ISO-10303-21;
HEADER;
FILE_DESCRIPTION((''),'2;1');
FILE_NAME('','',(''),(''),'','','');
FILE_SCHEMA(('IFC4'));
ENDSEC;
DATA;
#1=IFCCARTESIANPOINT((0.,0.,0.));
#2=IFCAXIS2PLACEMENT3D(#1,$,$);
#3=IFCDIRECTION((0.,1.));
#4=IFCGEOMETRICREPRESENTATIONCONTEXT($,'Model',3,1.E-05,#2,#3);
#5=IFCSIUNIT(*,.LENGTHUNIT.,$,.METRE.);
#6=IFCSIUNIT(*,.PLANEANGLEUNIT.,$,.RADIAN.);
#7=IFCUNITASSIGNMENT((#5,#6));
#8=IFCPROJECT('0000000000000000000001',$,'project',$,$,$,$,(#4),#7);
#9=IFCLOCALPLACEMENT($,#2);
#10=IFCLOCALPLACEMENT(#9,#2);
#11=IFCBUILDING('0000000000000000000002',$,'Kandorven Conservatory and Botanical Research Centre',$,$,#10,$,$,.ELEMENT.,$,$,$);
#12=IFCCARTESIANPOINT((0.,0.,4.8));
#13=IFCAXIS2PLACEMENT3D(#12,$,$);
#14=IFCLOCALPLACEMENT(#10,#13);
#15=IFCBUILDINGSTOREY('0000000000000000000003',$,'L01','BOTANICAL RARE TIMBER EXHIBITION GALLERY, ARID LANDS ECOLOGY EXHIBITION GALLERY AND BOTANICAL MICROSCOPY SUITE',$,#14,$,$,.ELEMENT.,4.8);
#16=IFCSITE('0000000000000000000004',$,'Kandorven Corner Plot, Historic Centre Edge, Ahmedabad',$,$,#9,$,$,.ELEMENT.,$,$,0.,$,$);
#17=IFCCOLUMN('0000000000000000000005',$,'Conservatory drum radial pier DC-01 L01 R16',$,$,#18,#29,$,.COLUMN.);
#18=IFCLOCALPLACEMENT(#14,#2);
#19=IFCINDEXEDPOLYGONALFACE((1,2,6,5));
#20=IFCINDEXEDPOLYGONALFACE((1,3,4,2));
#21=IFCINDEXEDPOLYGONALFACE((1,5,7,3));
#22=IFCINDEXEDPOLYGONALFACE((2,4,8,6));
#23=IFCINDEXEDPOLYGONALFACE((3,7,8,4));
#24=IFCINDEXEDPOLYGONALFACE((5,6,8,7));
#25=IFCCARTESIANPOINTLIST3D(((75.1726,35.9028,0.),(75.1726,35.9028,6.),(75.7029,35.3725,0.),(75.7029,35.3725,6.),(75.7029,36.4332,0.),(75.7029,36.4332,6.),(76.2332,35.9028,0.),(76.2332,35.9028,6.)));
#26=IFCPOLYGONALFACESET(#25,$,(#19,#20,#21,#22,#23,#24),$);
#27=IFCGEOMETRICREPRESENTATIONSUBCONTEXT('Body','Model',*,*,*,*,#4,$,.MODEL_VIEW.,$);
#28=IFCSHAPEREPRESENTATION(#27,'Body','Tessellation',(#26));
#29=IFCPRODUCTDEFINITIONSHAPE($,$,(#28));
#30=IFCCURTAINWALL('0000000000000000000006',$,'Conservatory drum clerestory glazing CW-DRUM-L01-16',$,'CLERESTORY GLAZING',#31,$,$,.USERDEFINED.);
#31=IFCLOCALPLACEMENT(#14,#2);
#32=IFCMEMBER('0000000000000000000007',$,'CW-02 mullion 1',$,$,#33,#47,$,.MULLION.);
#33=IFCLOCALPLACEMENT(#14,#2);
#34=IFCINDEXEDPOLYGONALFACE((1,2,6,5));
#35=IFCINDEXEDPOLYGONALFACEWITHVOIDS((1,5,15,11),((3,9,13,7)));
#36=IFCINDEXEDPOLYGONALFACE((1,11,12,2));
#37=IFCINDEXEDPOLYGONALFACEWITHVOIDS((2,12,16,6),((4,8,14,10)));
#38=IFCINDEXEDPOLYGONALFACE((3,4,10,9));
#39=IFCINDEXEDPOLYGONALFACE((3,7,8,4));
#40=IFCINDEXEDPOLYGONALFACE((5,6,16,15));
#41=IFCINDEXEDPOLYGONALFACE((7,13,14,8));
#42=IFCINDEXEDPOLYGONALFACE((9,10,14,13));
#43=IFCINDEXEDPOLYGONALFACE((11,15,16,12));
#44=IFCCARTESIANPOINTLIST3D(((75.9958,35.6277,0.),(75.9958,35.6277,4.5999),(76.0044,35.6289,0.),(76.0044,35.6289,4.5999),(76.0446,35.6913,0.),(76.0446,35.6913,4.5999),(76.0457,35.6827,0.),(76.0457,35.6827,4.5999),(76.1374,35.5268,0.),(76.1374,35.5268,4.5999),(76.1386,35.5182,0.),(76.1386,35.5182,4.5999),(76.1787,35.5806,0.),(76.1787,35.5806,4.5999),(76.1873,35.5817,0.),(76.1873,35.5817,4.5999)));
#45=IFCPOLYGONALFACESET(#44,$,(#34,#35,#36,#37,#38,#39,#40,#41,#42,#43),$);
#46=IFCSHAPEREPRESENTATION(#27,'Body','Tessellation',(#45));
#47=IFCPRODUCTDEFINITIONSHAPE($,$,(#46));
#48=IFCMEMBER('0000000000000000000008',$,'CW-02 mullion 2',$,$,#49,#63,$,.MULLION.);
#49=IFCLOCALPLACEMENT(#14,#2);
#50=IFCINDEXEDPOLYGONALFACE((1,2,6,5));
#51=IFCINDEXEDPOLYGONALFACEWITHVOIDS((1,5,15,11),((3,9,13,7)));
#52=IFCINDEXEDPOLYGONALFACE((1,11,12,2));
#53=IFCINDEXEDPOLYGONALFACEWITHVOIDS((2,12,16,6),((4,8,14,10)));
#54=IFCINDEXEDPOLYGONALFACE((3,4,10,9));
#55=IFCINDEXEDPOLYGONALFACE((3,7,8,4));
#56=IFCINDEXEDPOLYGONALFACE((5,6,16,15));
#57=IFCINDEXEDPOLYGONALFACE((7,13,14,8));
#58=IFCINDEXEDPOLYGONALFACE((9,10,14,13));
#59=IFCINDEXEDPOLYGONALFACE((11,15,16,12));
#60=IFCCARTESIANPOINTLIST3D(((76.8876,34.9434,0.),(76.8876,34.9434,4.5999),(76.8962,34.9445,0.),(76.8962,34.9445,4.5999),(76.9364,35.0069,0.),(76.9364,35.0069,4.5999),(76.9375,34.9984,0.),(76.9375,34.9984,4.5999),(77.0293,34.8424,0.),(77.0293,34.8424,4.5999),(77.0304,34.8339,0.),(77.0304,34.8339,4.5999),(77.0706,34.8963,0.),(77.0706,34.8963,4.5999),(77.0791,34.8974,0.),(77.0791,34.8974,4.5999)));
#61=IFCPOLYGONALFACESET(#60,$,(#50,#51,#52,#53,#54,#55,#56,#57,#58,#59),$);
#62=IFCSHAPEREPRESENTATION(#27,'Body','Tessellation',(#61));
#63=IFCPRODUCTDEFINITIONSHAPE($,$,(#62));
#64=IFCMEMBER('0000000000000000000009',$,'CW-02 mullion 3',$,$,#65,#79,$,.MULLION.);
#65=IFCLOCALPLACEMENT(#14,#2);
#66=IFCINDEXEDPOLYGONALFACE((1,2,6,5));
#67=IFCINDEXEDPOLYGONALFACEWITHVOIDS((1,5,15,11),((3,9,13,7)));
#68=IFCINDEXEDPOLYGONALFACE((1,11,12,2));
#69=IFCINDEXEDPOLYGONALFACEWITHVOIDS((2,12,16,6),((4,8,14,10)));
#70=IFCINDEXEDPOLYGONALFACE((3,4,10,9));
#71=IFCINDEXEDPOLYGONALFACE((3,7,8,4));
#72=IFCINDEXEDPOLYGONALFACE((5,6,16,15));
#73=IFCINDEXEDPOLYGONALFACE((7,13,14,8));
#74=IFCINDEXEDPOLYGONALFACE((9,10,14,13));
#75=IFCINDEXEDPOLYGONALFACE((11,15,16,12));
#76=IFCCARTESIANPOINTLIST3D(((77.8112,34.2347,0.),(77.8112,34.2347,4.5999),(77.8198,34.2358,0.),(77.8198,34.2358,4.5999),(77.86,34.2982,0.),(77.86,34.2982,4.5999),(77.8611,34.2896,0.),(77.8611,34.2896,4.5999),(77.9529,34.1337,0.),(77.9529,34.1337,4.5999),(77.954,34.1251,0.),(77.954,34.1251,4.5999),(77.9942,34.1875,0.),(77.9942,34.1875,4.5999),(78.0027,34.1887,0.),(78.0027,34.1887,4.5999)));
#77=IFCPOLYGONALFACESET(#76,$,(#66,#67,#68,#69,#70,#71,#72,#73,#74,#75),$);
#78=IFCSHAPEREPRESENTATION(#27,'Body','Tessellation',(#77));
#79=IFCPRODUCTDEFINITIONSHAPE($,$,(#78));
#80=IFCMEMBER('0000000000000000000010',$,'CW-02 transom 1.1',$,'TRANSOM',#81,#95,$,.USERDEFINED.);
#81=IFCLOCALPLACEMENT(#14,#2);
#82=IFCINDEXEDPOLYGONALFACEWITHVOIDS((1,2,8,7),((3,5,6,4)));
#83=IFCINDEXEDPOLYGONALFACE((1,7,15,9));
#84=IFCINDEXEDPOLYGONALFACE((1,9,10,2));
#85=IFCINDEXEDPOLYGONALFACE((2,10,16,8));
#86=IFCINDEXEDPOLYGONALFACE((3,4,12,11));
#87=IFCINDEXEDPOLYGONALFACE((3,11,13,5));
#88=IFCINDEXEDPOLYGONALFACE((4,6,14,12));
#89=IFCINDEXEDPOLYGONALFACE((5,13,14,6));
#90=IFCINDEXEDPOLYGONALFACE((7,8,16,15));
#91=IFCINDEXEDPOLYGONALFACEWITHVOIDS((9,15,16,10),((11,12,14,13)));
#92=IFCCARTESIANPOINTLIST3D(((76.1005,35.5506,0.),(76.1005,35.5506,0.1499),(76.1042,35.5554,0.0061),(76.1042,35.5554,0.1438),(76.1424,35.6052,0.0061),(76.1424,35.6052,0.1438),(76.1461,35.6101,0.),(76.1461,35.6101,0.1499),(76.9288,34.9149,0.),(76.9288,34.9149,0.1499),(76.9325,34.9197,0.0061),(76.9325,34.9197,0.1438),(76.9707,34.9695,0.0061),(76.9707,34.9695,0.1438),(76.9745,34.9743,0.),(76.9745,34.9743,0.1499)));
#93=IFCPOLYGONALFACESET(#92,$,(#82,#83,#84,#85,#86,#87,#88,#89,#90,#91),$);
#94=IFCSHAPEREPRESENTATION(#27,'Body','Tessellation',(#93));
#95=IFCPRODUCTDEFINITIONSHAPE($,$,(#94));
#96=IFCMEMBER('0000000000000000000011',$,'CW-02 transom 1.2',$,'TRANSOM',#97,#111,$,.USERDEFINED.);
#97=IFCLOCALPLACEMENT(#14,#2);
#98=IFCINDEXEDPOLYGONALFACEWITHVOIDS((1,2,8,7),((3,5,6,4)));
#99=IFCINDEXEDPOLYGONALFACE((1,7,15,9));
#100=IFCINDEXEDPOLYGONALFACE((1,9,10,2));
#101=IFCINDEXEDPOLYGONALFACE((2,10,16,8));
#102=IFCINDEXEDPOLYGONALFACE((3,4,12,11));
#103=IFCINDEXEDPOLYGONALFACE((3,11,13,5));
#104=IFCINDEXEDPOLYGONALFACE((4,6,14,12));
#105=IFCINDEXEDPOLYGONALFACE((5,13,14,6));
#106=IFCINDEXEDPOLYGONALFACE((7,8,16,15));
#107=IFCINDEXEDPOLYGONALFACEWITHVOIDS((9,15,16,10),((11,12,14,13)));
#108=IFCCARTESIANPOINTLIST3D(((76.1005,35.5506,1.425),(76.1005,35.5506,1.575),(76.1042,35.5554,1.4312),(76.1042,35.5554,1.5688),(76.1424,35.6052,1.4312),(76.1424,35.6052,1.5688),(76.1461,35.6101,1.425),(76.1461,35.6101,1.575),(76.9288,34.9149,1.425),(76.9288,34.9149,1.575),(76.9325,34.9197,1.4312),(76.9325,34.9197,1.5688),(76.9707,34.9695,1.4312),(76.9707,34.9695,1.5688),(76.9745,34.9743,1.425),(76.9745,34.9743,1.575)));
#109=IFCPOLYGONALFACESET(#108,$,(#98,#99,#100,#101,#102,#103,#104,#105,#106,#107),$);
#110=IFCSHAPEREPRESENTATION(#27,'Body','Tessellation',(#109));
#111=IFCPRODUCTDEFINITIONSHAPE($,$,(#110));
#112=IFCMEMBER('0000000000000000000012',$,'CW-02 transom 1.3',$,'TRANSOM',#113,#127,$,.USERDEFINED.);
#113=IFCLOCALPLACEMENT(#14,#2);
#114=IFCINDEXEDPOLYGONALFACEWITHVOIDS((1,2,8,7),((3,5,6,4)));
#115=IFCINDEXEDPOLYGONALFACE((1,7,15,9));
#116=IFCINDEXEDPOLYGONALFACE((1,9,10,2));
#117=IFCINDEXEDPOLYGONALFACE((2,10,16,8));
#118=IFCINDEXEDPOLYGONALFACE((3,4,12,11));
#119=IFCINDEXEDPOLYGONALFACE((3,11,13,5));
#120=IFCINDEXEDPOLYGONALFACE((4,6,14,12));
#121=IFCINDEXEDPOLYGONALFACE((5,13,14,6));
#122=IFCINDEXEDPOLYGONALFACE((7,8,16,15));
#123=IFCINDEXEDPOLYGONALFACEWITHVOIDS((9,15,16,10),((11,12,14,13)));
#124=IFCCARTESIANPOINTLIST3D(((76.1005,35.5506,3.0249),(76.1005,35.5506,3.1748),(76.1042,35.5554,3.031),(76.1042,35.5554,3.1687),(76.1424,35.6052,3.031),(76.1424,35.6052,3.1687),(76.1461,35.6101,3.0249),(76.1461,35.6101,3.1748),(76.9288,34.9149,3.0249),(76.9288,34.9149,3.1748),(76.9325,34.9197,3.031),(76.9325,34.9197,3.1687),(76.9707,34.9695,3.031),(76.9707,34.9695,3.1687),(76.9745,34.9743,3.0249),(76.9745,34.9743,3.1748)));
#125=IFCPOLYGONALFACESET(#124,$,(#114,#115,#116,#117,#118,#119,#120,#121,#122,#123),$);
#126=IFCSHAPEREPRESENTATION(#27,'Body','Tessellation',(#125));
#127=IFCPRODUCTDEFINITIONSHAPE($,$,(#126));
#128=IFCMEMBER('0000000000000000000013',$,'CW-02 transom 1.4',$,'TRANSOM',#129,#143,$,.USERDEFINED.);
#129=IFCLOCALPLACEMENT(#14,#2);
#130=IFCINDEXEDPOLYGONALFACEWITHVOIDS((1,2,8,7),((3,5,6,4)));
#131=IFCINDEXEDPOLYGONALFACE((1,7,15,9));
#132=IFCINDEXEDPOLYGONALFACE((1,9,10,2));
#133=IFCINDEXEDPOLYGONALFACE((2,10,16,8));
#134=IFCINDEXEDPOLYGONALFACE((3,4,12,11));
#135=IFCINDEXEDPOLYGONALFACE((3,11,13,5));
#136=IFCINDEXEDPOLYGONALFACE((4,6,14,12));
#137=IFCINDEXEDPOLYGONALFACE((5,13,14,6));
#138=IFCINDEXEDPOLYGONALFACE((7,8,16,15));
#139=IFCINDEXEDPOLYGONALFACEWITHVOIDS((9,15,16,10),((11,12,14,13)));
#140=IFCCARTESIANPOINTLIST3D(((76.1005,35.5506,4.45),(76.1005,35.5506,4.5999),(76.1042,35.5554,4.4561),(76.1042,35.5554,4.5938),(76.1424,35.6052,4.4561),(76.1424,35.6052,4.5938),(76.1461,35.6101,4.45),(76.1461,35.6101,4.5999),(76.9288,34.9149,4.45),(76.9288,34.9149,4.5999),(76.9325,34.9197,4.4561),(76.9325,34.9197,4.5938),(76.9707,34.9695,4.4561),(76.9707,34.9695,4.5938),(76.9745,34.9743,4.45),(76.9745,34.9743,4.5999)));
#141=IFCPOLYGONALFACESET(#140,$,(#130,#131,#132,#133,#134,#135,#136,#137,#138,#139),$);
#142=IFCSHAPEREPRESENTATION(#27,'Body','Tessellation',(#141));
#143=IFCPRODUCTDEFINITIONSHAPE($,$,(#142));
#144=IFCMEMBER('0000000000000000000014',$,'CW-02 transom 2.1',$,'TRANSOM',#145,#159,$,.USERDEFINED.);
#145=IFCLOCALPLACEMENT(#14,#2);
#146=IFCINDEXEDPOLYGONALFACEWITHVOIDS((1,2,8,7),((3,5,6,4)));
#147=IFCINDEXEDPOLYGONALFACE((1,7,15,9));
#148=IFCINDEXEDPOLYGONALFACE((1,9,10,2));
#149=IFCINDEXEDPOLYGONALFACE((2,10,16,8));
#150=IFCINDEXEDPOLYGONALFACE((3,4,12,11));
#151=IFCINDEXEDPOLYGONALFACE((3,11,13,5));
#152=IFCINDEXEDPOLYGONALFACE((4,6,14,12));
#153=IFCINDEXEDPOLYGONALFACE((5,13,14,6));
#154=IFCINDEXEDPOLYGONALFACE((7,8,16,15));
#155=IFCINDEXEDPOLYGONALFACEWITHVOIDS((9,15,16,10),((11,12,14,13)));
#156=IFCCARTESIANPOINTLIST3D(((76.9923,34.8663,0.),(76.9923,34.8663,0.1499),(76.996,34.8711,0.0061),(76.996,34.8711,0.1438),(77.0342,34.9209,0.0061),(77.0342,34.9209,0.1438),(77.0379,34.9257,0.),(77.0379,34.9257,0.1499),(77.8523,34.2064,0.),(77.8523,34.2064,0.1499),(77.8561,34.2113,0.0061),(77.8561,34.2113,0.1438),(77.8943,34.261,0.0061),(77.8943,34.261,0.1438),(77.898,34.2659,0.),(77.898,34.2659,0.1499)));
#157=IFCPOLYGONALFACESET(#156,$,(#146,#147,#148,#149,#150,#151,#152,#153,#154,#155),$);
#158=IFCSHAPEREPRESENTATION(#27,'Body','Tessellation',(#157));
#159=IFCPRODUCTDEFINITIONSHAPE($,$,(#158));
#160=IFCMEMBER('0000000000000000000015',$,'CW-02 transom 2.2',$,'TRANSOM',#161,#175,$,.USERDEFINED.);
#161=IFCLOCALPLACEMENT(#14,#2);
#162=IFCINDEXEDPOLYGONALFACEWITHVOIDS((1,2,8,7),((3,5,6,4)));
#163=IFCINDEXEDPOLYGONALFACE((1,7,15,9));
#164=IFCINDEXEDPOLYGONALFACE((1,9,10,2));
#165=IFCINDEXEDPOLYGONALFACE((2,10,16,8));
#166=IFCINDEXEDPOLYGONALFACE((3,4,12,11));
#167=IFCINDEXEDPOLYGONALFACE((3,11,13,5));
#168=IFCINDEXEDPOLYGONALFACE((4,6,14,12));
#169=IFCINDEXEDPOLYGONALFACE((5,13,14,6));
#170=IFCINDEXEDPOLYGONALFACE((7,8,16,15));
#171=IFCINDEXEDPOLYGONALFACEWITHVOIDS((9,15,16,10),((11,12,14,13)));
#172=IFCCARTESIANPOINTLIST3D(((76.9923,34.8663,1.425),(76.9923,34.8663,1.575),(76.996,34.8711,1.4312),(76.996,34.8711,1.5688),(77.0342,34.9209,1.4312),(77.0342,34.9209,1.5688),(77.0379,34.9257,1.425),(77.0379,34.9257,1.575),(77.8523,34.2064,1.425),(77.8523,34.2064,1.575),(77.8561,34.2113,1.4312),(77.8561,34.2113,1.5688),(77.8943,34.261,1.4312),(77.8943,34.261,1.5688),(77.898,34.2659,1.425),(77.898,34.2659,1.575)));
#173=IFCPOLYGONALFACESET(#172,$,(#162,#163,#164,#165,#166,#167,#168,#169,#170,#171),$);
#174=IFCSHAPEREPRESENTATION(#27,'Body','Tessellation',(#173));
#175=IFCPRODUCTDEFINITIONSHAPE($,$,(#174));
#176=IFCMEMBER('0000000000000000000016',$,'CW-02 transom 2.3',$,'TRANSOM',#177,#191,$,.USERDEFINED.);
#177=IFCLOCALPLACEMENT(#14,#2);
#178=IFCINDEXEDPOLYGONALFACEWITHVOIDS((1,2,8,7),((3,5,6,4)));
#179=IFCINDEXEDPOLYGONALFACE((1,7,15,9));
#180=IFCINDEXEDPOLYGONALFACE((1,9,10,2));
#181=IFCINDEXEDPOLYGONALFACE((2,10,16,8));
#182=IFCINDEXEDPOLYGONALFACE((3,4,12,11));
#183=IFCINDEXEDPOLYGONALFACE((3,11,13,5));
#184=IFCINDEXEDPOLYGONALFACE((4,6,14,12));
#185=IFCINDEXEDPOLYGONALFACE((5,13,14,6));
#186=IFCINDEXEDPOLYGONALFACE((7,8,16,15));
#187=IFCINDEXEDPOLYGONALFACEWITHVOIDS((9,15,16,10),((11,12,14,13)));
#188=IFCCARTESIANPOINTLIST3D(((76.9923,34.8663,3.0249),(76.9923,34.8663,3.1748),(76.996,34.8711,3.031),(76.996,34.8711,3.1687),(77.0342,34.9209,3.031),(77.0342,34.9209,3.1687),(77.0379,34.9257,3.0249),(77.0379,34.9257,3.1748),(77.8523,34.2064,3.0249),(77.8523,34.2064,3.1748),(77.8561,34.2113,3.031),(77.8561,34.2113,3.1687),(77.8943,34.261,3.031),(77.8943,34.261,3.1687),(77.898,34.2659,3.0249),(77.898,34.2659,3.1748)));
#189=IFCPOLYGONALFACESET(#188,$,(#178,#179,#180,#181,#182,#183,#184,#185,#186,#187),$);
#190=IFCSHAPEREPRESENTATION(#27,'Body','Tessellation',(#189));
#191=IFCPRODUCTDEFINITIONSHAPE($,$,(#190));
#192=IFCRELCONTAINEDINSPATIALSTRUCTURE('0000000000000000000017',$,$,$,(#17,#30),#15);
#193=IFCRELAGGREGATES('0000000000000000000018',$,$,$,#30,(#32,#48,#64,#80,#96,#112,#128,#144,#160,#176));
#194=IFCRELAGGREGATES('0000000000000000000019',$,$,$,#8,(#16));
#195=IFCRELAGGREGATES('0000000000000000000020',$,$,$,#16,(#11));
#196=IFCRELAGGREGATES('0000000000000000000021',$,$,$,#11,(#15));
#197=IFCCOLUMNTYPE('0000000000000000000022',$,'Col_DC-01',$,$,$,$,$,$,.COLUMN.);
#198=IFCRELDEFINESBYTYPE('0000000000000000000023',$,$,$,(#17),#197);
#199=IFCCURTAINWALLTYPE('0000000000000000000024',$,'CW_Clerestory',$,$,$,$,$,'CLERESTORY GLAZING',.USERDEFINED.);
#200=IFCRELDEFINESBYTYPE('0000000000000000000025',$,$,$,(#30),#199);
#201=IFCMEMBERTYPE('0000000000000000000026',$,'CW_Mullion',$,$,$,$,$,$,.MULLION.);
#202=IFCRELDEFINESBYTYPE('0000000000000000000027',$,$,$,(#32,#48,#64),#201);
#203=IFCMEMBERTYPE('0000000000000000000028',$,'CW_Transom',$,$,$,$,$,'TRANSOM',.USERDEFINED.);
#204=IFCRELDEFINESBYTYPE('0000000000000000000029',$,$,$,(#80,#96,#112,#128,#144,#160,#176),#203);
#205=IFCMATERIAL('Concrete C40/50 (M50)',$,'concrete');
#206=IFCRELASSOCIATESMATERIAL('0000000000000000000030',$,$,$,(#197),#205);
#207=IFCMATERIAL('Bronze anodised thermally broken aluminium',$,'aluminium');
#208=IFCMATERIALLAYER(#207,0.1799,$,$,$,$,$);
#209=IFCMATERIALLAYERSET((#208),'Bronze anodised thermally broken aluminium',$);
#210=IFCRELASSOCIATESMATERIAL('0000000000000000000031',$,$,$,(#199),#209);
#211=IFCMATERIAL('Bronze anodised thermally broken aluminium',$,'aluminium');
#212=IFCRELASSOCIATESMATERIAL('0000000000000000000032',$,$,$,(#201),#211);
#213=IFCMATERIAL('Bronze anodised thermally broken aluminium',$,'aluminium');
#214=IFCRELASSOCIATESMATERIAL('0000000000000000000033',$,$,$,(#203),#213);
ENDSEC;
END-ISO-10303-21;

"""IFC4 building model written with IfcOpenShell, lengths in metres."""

from ifc_helpers import new_model, si_unit, direction, frame, origin, origin_2d, place, context, subcontext, project, spatial, rectangle, hollow_rectangle, extrude, material, layer, layer_set, material_profile, profile_set, type_object, element, aggregate, save


model = new_model("IFC4")

# Units and contexts
model_context = context("Model", 3, precision=1e-05, world=origin(), true_north=direction((0.0, 1.0)))
body_context = subcontext(model_context, "Body", "Model", "MODEL_VIEW")
ifc_project = project(units=[si_unit("LENGTHUNIT", "METRE"), si_unit("PLANEANGLEUNIT", "RADIAN")], contexts=[model_context])

# Site, building, storey
site_placement = place(None, origin())
site = spatial("IfcSite", under=ifc_project, at=site_placement, Name="Kandorven Corner Plot, Historic Centre Edge, Ahmedabad", CompositionType="ELEMENT", RefElevation=0.0)
building_placement = place(site_placement, origin())
building = spatial("IfcBuilding", under=site, at=building_placement, Name="Kandorven Conservatory and Botanical Research Centre", CompositionType="ELEMENT")
storey_placement = place(building_placement, frame((0.0, 0.0, 4.8)))
storey = spatial("IfcBuildingStorey", under=building, at=storey_placement, Name="L01", Description="BOTANICAL RARE TIMBER EXHIBITION GALLERY, ARID LANDS ECOLOGY EXHIBITION GALLERY AND BOTANICAL MICROSCOPY SUITE", CompositionType="ELEMENT", Elevation=4.8)

# Column
ifc_material_1 = material(Name="Concrete C40/50 (M50)", Category="concrete")
ifc_material_profile_1 = material_profile(ifc_material_1, rectangle(XDim=0.75, YDim=0.75, at=origin_2d()))
ifc_profile_set_1 = profile_set([ifc_material_profile_1], Name="Concrete C40/50 (M50)")
column_type = type_object("IfcColumnType", Name="Col_DC-01", PredefinedType="COLUMN", material=ifc_profile_set_1)
column_placement = place(storey_placement, frame((75.7029, 35.9028, 0.0), z_axis=(0.0, 0.0, 1.0), x_axis=(-0.707107, -0.707107, 0.0)))
element("IfcColumn", 1, at=column_placement, inside=storey, type_object=column_type, Name="Conservatory drum radial pier DC-01 L01 R16", PredefinedType="COLUMN", context=body_context, shape_type="SweptSolid", body=[
    extrude(rectangle(XDim=0.75, YDim=0.75, at=origin_2d()), origin(), (0.0, 0.0, 1.0), 6.0),
])

# Curtain wall, members
ifc_material_2 = material(Name="Bronze anodised thermally broken aluminium", Category="aluminium")
ifc_layer_1 = layer(ifc_material_2, 0.1799)
ifc_layer_set_1 = layer_set([ifc_layer_1], Name="Bronze anodised thermally broken aluminium")
curtain_wall_type = type_object("IfcCurtainWallType", Name="CW_Clerestory", ElementType="CLERESTORY GLAZING", PredefinedType="USERDEFINED", material=ifc_layer_set_1)
curtain_wall_placement = place(storey_placement, origin())
curtain_wall = element("IfcCurtainWall", 2, at=curtain_wall_placement, inside=storey, type_object=curtain_wall_type, Name="Conservatory drum clerestory glazing CW-DRUM-L01-16", ObjectType="CLERESTORY GLAZING", PredefinedType="USERDEFINED")
ifc_material_3 = material(Name="Bronze anodised thermally broken aluminium", Category="aluminium")
ifc_material_profile_2 = material_profile(ifc_material_3, hollow_rectangle(XDim=0.0801, YDim=0.1799, WallThickness=0.0061, at=origin_2d()))
ifc_profile_set_2 = profile_set([ifc_material_profile_2], Name="Bronze anodised thermally broken aluminium")
member_type_1 = type_object("IfcMemberType", Name="CW_Mullion", PredefinedType="MULLION", material=ifc_profile_set_2)
member_1_placement = place(storey_placement, frame((76.0916, 35.6047, 0.0), z_axis=(0.0, 0.0, 1.0), x_axis=(0.608769, 0.793347, 0.0)))
member_1 = element("IfcMember", 3, at=member_1_placement, type_object=member_type_1, Name="CW-02 mullion 1", PredefinedType="MULLION", context=body_context, shape_type="SweptSolid", body=[
    extrude(hollow_rectangle(XDim=0.0801, YDim=0.1799, WallThickness=0.0061, at=origin_2d()), origin(), (0.0, 0.0, 1.0), 4.5999),
])
member_2_placement = place(storey_placement, frame((76.9834, 34.9204, 0.0), z_axis=(0.0, 0.0, 1.0), x_axis=(0.608769, 0.793347, 0.0)))
member_2 = element("IfcMember", 4, at=member_2_placement, type_object=member_type_1, Name="CW-02 mullion 2", PredefinedType="MULLION", context=body_context, shape_type="SweptSolid", body=[
    extrude(hollow_rectangle(XDim=0.0801, YDim=0.1799, WallThickness=0.0061, at=origin_2d()), origin(), (0.0, 0.0, 1.0), 4.5999),
])
member_3_placement = place(storey_placement, frame((77.907, 34.2117, 0.0), z_axis=(0.0, 0.0, 1.0), x_axis=(0.608769, 0.793347, 0.0)))
member_3 = element("IfcMember", 5, at=member_3_placement, type_object=member_type_1, Name="CW-02 mullion 3", PredefinedType="MULLION", context=body_context, shape_type="SweptSolid", body=[
    extrude(hollow_rectangle(XDim=0.0801, YDim=0.1799, WallThickness=0.0061, at=origin_2d()), origin(), (0.0, 0.0, 1.0), 4.5999),
])
ifc_material_4 = material(Name="Bronze anodised thermally broken aluminium", Category="aluminium")
ifc_material_profile_3 = material_profile(ifc_material_4, hollow_rectangle(XDim=0.075, YDim=0.1499, WallThickness=0.0061, at=origin_2d()))
ifc_profile_set_3 = profile_set([ifc_material_profile_3], Name="Bronze anodised thermally broken aluminium")
member_type_2 = type_object("IfcMemberType", Name="CW_Transom", ElementType="TRANSOM", PredefinedType="USERDEFINED", material=ifc_profile_set_3)
member_4_placement = place(storey_placement, frame((76.1233, 35.5803, 0.075), z_axis=(0.793301, -0.608829, 0.0), x_axis=(0.608829, 0.793301, 0.0)))
member_4 = element("IfcMember", 6, at=member_4_placement, type_object=member_type_2, Name="CW-02 transom 1.1", ObjectType="TRANSOM", PredefinedType="USERDEFINED", context=body_context, shape_type="SweptSolid", body=[
    extrude(hollow_rectangle(XDim=0.075, YDim=0.1499, WallThickness=0.0061, at=origin_2d()), origin(), (0.0, 0.0, 1.0), 1.0442),
])
member_5_placement = place(storey_placement, frame((76.1233, 35.5803, 1.5), z_axis=(0.793301, -0.608829, 0.0), x_axis=(0.608829, 0.793301, 0.0)))
member_5 = element("IfcMember", 7, at=member_5_placement, type_object=member_type_2, Name="CW-02 transom 1.2", ObjectType="TRANSOM", PredefinedType="USERDEFINED", context=body_context, shape_type="SweptSolid", body=[
    extrude(hollow_rectangle(XDim=0.075, YDim=0.1499, WallThickness=0.0061, at=origin_2d()), origin(), (0.0, 0.0, 1.0), 1.0442),
])
member_6_placement = place(storey_placement, frame((76.1233, 35.5803, 3.0999), z_axis=(0.793301, -0.608829, 0.0), x_axis=(0.608829, 0.793301, 0.0)))
member_6 = element("IfcMember", 8, at=member_6_placement, type_object=member_type_2, Name="CW-02 transom 1.3", ObjectType="TRANSOM", PredefinedType="USERDEFINED", context=body_context, shape_type="SweptSolid", body=[
    extrude(hollow_rectangle(XDim=0.075, YDim=0.1499, WallThickness=0.0061, at=origin_2d()), origin(), (0.0, 0.0, 1.0), 1.0442),
])
member_7_placement = place(storey_placement, frame((76.1233, 35.5803, 4.5249), z_axis=(0.793301, -0.608829, 0.0), x_axis=(0.608829, 0.793301, 0.0)))
member_7 = element("IfcMember", 9, at=member_7_placement, type_object=member_type_2, Name="CW-02 transom 1.4", ObjectType="TRANSOM", PredefinedType="USERDEFINED", context=body_context, shape_type="SweptSolid", body=[
    extrude(hollow_rectangle(XDim=0.075, YDim=0.1499, WallThickness=0.0061, at=origin_2d()), origin(), (0.0, 0.0, 1.0), 1.0442),
])
member_8_placement = place(storey_placement, frame((77.0151, 34.896, 0.075), z_axis=(0.793385, -0.60872, 0.0), x_axis=(0.60872, 0.793385, 0.0)))
member_8 = element("IfcMember", 10, at=member_8_placement, type_object=member_type_2, Name="CW-02 transom 2.1", ObjectType="TRANSOM", PredefinedType="USERDEFINED", context=body_context, shape_type="SweptSolid", body=[
    extrude(hollow_rectangle(XDim=0.075, YDim=0.1499, WallThickness=0.0061, at=origin_2d()), origin(), (0.0, 0.0, 1.0), 1.084),
])
member_9_placement = place(storey_placement, frame((77.0151, 34.896, 1.5), z_axis=(0.793385, -0.60872, 0.0), x_axis=(0.60872, 0.793385, 0.0)))
member_9 = element("IfcMember", 11, at=member_9_placement, type_object=member_type_2, Name="CW-02 transom 2.2", ObjectType="TRANSOM", PredefinedType="USERDEFINED", context=body_context, shape_type="SweptSolid", body=[
    extrude(hollow_rectangle(XDim=0.075, YDim=0.1499, WallThickness=0.0061, at=origin_2d()), origin(), (0.0, 0.0, 1.0), 1.084),
])
member_10_placement = place(storey_placement, frame((77.0151, 34.896, 3.0999), z_axis=(0.793385, -0.60872, 0.0), x_axis=(0.60872, 0.793385, 0.0)))
member_10 = element("IfcMember", 12, at=member_10_placement, type_object=member_type_2, Name="CW-02 transom 2.3", ObjectType="TRANSOM", PredefinedType="USERDEFINED", context=body_context, shape_type="SweptSolid", body=[
    extrude(hollow_rectangle(XDim=0.075, YDim=0.1499, WallThickness=0.0061, at=origin_2d()), origin(), (0.0, 0.0, 1.0), 1.084),
])
aggregate(curtain_wall, [member_1, member_2, member_3, member_4, member_5, member_6, member_7, member_8, member_9, member_10])

save(model, "model.ifc")
